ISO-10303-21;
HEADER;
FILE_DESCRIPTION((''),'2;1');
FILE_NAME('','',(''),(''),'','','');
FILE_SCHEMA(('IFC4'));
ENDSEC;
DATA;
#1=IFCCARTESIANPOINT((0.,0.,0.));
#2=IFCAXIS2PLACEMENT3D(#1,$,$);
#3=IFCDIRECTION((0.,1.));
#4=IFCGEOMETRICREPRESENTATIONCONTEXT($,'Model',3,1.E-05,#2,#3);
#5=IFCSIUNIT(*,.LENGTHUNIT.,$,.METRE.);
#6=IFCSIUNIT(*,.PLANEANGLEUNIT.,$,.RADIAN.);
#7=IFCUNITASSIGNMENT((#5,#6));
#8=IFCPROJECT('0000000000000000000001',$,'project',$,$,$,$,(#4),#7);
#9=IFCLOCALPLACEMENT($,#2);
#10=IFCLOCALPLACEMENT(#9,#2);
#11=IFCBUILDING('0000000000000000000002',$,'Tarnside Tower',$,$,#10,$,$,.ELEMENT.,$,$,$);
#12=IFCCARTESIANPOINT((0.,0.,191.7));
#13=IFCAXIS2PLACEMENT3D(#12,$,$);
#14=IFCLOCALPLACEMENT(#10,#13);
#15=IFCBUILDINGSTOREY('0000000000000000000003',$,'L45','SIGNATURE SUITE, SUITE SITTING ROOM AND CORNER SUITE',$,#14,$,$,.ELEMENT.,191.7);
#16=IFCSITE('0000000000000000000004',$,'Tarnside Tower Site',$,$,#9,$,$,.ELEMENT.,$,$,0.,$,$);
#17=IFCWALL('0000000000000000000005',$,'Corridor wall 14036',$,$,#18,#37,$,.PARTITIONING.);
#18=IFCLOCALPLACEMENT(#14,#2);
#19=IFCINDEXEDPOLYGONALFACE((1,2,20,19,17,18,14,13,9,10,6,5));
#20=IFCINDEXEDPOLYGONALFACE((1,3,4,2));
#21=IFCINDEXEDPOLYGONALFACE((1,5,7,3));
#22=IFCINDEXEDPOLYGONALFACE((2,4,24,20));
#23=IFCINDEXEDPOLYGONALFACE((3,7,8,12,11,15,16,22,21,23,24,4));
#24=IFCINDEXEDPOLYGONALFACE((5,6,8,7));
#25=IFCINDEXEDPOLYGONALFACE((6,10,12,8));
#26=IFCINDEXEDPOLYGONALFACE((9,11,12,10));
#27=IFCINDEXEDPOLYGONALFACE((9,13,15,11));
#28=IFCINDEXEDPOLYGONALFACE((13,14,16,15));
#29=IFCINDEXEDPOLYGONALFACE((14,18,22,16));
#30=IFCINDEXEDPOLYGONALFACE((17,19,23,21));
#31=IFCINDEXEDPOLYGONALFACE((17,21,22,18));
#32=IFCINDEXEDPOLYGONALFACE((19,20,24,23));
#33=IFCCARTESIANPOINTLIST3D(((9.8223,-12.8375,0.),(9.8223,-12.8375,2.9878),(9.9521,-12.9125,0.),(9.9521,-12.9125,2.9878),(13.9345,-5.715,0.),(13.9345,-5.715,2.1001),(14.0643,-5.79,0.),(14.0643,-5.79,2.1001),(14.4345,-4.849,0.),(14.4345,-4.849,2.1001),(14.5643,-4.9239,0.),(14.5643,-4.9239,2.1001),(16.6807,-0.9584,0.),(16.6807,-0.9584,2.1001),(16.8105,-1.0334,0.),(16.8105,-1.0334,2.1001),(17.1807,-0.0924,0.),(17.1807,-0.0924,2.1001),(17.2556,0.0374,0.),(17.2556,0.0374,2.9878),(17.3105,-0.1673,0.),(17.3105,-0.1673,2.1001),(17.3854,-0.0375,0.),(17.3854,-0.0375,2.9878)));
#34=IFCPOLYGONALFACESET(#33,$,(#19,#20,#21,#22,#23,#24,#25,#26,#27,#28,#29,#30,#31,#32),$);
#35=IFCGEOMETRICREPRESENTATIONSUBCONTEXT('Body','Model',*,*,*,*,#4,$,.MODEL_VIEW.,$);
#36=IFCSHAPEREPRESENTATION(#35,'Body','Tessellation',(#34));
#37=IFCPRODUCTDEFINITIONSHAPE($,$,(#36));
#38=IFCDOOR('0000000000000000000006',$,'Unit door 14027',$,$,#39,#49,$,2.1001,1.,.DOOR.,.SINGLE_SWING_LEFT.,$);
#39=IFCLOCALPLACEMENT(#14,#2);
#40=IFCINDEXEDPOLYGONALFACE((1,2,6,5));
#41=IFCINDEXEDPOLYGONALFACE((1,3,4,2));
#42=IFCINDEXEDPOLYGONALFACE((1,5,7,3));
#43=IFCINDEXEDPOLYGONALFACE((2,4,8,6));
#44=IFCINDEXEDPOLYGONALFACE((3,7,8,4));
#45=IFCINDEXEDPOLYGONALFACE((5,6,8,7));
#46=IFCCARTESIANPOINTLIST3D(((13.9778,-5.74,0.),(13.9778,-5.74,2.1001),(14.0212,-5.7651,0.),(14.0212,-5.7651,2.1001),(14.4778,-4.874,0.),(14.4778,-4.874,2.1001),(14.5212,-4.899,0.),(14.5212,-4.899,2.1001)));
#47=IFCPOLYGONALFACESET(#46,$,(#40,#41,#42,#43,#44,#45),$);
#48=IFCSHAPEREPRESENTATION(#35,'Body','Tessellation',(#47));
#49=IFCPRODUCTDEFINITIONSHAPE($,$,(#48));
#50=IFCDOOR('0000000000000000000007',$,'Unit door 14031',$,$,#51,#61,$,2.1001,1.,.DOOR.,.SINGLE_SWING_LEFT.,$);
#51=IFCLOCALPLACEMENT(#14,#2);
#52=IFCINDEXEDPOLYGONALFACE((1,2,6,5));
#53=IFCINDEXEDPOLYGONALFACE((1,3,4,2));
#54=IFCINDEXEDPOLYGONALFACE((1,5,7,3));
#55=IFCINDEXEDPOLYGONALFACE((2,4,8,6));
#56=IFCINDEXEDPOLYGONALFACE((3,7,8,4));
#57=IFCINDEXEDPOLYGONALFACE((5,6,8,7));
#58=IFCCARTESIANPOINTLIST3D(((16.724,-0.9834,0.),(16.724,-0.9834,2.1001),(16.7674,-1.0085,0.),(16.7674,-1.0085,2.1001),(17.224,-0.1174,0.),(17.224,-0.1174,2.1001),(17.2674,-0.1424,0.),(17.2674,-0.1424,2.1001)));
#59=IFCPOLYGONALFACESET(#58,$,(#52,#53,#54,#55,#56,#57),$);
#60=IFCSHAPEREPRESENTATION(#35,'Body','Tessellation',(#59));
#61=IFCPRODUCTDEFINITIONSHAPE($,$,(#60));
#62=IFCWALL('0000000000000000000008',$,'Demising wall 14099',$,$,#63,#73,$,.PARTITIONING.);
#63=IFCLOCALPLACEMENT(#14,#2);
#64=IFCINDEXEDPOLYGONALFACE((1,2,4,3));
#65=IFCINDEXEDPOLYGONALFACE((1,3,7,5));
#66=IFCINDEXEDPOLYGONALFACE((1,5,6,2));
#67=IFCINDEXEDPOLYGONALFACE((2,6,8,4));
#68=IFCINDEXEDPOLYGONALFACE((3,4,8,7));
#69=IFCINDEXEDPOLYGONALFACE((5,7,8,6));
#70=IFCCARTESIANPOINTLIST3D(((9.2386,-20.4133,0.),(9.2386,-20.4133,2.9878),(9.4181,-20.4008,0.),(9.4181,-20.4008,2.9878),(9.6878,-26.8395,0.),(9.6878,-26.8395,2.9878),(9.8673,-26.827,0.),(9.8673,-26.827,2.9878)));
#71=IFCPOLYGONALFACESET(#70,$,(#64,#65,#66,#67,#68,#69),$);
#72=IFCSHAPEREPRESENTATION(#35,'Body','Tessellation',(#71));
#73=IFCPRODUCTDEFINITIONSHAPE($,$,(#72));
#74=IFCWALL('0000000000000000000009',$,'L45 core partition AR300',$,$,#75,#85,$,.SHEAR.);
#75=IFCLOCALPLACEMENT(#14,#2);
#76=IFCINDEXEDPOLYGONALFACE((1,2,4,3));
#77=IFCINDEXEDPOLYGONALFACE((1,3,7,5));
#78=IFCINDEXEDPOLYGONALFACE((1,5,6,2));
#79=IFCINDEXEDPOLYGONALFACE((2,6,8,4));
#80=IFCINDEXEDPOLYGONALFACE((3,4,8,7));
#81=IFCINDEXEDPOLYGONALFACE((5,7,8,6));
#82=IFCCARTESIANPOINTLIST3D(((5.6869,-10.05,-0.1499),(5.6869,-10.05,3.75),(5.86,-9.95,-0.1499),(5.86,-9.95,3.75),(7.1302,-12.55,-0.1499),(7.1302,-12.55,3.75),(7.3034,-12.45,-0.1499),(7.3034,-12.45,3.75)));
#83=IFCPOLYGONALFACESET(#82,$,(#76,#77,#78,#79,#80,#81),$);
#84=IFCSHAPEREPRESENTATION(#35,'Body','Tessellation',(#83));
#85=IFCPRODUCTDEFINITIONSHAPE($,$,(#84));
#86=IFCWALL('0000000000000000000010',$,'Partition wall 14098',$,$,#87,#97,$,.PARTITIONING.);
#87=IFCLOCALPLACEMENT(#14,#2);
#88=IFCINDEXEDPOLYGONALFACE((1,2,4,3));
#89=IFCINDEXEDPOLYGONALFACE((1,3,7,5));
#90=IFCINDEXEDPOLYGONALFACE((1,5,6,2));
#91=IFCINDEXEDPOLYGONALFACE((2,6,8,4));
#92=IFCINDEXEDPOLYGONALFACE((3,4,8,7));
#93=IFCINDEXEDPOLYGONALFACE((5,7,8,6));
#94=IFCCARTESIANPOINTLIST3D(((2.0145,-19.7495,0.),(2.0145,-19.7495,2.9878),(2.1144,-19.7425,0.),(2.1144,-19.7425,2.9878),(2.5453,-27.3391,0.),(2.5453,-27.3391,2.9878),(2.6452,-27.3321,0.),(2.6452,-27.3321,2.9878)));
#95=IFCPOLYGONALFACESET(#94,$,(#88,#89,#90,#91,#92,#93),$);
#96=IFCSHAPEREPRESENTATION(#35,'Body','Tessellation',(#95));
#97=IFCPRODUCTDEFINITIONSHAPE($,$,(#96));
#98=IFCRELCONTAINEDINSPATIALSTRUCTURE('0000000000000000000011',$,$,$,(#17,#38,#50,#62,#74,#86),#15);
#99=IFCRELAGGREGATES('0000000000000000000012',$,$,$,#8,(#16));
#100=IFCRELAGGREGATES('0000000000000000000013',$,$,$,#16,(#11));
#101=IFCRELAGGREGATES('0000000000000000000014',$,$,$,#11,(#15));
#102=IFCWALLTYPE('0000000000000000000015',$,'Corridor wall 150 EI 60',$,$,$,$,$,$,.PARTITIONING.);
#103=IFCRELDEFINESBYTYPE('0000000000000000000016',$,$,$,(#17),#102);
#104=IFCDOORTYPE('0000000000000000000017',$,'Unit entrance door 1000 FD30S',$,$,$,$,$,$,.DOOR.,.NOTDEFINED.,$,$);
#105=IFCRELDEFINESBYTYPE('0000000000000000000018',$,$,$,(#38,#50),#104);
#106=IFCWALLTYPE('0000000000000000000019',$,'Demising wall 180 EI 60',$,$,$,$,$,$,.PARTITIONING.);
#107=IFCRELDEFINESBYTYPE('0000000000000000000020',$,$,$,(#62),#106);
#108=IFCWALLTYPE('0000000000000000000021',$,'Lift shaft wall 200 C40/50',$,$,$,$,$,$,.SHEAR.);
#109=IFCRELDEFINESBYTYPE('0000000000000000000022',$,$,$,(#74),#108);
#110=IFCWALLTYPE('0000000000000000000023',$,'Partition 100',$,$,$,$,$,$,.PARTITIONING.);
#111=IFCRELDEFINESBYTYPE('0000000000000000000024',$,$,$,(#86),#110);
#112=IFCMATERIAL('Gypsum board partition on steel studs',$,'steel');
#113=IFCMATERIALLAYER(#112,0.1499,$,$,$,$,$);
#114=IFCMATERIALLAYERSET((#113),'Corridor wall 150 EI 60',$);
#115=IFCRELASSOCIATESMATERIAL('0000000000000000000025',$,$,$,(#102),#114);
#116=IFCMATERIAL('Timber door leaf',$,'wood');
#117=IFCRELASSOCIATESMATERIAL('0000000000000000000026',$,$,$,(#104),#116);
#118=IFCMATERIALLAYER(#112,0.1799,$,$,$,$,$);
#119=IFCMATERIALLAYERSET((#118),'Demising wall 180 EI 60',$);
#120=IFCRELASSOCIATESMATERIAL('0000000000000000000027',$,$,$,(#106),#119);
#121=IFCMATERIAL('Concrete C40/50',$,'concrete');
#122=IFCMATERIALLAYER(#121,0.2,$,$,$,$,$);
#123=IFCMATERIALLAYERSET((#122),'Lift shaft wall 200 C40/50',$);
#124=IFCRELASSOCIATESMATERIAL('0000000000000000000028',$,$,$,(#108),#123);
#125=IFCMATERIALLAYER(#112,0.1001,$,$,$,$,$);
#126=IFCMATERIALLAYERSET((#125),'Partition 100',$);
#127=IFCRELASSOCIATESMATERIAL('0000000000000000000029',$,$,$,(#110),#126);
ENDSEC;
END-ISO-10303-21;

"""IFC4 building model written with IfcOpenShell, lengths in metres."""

from ifc_helpers import new_model, si_unit, direction, frame, frame_2d, origin, place, context, subcontext, project, spatial, rectangle, extrude, material, layer, layer_set, type_object, element, fill, save


model = new_model("IFC4")

# Units and contexts
model_context = context("Model", 3, precision=1e-05, world=origin(), true_north=direction((0.0, 1.0)))
body_context = subcontext(model_context, "Body", "Model", "MODEL_VIEW")
ifc_project = project(units=[si_unit("LENGTHUNIT", "METRE"), si_unit("PLANEANGLEUNIT", "RADIAN")], contexts=[model_context])

# Site, building, storey
site_placement = place(None, origin())
site = spatial("IfcSite", under=ifc_project, at=site_placement, Name="Tarnside Tower Site", CompositionType="ELEMENT", RefElevation=0.0)
building_placement = place(site_placement, origin())
building = spatial("IfcBuilding", under=site, at=building_placement, Name="Tarnside Tower", CompositionType="ELEMENT")
storey_placement = place(building_placement, frame((0.0, 0.0, 191.7)))
storey = spatial("IfcBuildingStorey", under=building, at=storey_placement, Name="L45", Description="SIGNATURE SUITE, SUITE SITTING ROOM AND CORNER SUITE", CompositionType="ELEMENT", Elevation=191.7)

# Shared definitions
ifc_material_1 = material(Name="Gypsum board partition on steel studs", Category="steel")

# Shared definitions
ifc_material_2 = material(Name="Timber door leaf", Category="wood")

# Shared definitions
ifc_layer_1 = layer(ifc_material_1, 0.1499)
ifc_layer_set_1 = layer_set([ifc_layer_1], Name="Corridor wall 150 EI 60")
wall_type_1 = type_object("IfcWallType", Name="Corridor wall 150 EI 60", PredefinedType="PARTITIONING", material=ifc_layer_set_1)

# Shared definitions
door_type_1 = type_object("IfcDoorType", Name="Unit entrance door 1000 FD30S", OperationType="NOTDEFINED", PredefinedType="DOOR", material=ifc_material_2)

# Wall, openings, doors
wall_1_placement = place(storey_placement, frame((9.8872, -12.875, 0.0), z_axis=(0.0, 0.0, 1.0), x_axis=(0.499998, 0.866026, 0.0)))
wall_1 = element("IfcWall", 1, at=wall_1_placement, inside=storey, type_object=wall_type_1, Name="Corridor wall 14036", PredefinedType="PARTITIONING", context=body_context, shape_type="SweptSolid", body=[
    extrude(rectangle(XDim=14.8667, YDim=0.1499, at=frame_2d((7.4333, 0.0))), origin(), (0.0, 0.0, 1.0), 2.9878),
])
opening_1_placement = place(wall_1_placement, frame((8.2244, 0.0, 0.0)))
opening_1 = element("IfcOpeningElement", 2, at=opening_1_placement, cuts=wall_1, PredefinedType="OPENING", context=body_context, shape_type="SweptSolid", body=[
    extrude(rectangle(XDim=1.0, YDim=2.1001, at=frame_2d((0.5, 1.05))), frame((0.0, 0.085, 0.0), z_axis=(0.0, -1.0, 0.0), x_axis=(1.0, 0.0, 0.0)), (0.0, 0.0, 1.0), 0.1699),
])
opening_2_placement = place(wall_1_placement, frame((13.7168, 0.0, 0.0)))
opening_2 = element("IfcOpeningElement", 3, at=opening_2_placement, cuts=wall_1, PredefinedType="OPENING", context=body_context, shape_type="SweptSolid", body=[
    extrude(rectangle(XDim=1.0, YDim=2.1001, at=frame_2d((0.5, 1.05))), frame((0.0, 0.085, 0.0), z_axis=(0.0, -1.0, 0.0), x_axis=(1.0, 0.0, 0.0)), (0.0, 0.0, 1.0), 0.1699),
])
door_1_placement = place(opening_1_placement, origin())
door_1 = element("IfcDoor", 4, at=door_1_placement, inside=storey, type_object=door_type_1, Name="Unit door 14027", OperationType="SINGLE_SWING_LEFT", OverallHeight=2.1001, OverallWidth=1.0, PredefinedType="DOOR", context=body_context, shape_type="SweptSolid", body=[
    extrude(rectangle(XDim=1.0, YDim=2.1001, at=frame_2d((0.5, 1.05))), frame((0.0, 0.0249, 0.0), z_axis=(0.0, -1.0, 0.0), x_axis=(1.0, 0.0, 0.0)), (0.0, 0.0, 1.0), 0.05),
])
fill(opening_1, door_1)
door_2_placement = place(opening_2_placement, origin())
door_2 = element("IfcDoor", 5, at=door_2_placement, inside=storey, type_object=door_type_1, Name="Unit door 14031", OperationType="SINGLE_SWING_LEFT", OverallHeight=2.1001, OverallWidth=1.0, PredefinedType="DOOR", context=body_context, shape_type="SweptSolid", body=[
    extrude(rectangle(XDim=1.0, YDim=2.1001, at=frame_2d((0.5, 1.05))), frame((0.0, 0.0249, 0.0), z_axis=(0.0, -1.0, 0.0), x_axis=(1.0, 0.0, 0.0)), (0.0, 0.0, 1.0), 0.05),
])
fill(opening_2, door_2)

# Walls
ifc_layer_2 = layer(ifc_material_1, 0.1799)
ifc_layer_set_2 = layer_set([ifc_layer_2], Name="Demising wall 180 EI 60")
wall_type_2 = type_object("IfcWallType", Name="Demising wall 180 EI 60", PredefinedType="PARTITIONING", material=ifc_layer_set_2)
wall_2_placement = place(storey_placement, frame((9.7776, -26.8333, 0.0), z_axis=(0.0, 0.0, 1.0), x_axis=(-0.069733, 0.997566, 0.0)))
element("IfcWall", 6, at=wall_2_placement, inside=storey, type_object=wall_type_2, Name="Demising wall 14099", PredefinedType="PARTITIONING", context=body_context, shape_type="SweptSolid", body=[
    extrude(rectangle(XDim=6.4419, YDim=0.1799, at=frame_2d((3.2209, 0.0))), origin(), (0.0, 0.0, 1.0), 2.9878),
])
ifc_material_3 = material(Name="Concrete C40/50", Category="concrete")
ifc_layer_3 = layer(ifc_material_3, 0.2)
ifc_layer_set_3 = layer_set([ifc_layer_3], Name="Lift shaft wall 200 C40/50")
wall_type_3 = type_object("IfcWallType", Name="Lift shaft wall 200 C40/50", PredefinedType="SHEAR", material=ifc_layer_set_3)
wall_3_placement = place(storey_placement, frame((5.7734, -10.0, -0.1499), z_axis=(0.0, 0.0, 1.0), x_axis=(0.499996, -0.866028, 0.0)))
element("IfcWall", 7, at=wall_3_placement, inside=storey, type_object=wall_type_3, Name="L45 core partition AR300", PredefinedType="SHEAR", context=body_context, shape_type="SweptSolid", body=[
    extrude(rectangle(XDim=2.8867, YDim=0.2, at=frame_2d((1.4434, 0.0))), origin(), (0.0, 0.0, 1.0), 3.8999),
])
ifc_layer_4 = layer(ifc_material_1, 0.1001)
ifc_layer_set_4 = layer_set([ifc_layer_4], Name="Partition 100")
wall_type_4 = type_object("IfcWallType", Name="Partition 100", PredefinedType="PARTITIONING", material=ifc_layer_set_4)
wall_4_placement = place(storey_placement, frame((2.0645, -19.7458, 0.0), z_axis=(0.0, 0.0, 1.0), x_axis=(0.069762, -0.997564, 0.0)))
element("IfcWall", 8, at=wall_4_placement, inside=storey, type_object=wall_type_4, Name="Partition wall 14098", PredefinedType="PARTITIONING", context=body_context, shape_type="SweptSolid", body=[
    extrude(rectangle(XDim=7.6082, YDim=0.1001, at=frame_2d((3.8042, 0.0))), origin(), (0.0, 0.0, 1.0), 2.9878),
])

save(model, "model.ifc")
